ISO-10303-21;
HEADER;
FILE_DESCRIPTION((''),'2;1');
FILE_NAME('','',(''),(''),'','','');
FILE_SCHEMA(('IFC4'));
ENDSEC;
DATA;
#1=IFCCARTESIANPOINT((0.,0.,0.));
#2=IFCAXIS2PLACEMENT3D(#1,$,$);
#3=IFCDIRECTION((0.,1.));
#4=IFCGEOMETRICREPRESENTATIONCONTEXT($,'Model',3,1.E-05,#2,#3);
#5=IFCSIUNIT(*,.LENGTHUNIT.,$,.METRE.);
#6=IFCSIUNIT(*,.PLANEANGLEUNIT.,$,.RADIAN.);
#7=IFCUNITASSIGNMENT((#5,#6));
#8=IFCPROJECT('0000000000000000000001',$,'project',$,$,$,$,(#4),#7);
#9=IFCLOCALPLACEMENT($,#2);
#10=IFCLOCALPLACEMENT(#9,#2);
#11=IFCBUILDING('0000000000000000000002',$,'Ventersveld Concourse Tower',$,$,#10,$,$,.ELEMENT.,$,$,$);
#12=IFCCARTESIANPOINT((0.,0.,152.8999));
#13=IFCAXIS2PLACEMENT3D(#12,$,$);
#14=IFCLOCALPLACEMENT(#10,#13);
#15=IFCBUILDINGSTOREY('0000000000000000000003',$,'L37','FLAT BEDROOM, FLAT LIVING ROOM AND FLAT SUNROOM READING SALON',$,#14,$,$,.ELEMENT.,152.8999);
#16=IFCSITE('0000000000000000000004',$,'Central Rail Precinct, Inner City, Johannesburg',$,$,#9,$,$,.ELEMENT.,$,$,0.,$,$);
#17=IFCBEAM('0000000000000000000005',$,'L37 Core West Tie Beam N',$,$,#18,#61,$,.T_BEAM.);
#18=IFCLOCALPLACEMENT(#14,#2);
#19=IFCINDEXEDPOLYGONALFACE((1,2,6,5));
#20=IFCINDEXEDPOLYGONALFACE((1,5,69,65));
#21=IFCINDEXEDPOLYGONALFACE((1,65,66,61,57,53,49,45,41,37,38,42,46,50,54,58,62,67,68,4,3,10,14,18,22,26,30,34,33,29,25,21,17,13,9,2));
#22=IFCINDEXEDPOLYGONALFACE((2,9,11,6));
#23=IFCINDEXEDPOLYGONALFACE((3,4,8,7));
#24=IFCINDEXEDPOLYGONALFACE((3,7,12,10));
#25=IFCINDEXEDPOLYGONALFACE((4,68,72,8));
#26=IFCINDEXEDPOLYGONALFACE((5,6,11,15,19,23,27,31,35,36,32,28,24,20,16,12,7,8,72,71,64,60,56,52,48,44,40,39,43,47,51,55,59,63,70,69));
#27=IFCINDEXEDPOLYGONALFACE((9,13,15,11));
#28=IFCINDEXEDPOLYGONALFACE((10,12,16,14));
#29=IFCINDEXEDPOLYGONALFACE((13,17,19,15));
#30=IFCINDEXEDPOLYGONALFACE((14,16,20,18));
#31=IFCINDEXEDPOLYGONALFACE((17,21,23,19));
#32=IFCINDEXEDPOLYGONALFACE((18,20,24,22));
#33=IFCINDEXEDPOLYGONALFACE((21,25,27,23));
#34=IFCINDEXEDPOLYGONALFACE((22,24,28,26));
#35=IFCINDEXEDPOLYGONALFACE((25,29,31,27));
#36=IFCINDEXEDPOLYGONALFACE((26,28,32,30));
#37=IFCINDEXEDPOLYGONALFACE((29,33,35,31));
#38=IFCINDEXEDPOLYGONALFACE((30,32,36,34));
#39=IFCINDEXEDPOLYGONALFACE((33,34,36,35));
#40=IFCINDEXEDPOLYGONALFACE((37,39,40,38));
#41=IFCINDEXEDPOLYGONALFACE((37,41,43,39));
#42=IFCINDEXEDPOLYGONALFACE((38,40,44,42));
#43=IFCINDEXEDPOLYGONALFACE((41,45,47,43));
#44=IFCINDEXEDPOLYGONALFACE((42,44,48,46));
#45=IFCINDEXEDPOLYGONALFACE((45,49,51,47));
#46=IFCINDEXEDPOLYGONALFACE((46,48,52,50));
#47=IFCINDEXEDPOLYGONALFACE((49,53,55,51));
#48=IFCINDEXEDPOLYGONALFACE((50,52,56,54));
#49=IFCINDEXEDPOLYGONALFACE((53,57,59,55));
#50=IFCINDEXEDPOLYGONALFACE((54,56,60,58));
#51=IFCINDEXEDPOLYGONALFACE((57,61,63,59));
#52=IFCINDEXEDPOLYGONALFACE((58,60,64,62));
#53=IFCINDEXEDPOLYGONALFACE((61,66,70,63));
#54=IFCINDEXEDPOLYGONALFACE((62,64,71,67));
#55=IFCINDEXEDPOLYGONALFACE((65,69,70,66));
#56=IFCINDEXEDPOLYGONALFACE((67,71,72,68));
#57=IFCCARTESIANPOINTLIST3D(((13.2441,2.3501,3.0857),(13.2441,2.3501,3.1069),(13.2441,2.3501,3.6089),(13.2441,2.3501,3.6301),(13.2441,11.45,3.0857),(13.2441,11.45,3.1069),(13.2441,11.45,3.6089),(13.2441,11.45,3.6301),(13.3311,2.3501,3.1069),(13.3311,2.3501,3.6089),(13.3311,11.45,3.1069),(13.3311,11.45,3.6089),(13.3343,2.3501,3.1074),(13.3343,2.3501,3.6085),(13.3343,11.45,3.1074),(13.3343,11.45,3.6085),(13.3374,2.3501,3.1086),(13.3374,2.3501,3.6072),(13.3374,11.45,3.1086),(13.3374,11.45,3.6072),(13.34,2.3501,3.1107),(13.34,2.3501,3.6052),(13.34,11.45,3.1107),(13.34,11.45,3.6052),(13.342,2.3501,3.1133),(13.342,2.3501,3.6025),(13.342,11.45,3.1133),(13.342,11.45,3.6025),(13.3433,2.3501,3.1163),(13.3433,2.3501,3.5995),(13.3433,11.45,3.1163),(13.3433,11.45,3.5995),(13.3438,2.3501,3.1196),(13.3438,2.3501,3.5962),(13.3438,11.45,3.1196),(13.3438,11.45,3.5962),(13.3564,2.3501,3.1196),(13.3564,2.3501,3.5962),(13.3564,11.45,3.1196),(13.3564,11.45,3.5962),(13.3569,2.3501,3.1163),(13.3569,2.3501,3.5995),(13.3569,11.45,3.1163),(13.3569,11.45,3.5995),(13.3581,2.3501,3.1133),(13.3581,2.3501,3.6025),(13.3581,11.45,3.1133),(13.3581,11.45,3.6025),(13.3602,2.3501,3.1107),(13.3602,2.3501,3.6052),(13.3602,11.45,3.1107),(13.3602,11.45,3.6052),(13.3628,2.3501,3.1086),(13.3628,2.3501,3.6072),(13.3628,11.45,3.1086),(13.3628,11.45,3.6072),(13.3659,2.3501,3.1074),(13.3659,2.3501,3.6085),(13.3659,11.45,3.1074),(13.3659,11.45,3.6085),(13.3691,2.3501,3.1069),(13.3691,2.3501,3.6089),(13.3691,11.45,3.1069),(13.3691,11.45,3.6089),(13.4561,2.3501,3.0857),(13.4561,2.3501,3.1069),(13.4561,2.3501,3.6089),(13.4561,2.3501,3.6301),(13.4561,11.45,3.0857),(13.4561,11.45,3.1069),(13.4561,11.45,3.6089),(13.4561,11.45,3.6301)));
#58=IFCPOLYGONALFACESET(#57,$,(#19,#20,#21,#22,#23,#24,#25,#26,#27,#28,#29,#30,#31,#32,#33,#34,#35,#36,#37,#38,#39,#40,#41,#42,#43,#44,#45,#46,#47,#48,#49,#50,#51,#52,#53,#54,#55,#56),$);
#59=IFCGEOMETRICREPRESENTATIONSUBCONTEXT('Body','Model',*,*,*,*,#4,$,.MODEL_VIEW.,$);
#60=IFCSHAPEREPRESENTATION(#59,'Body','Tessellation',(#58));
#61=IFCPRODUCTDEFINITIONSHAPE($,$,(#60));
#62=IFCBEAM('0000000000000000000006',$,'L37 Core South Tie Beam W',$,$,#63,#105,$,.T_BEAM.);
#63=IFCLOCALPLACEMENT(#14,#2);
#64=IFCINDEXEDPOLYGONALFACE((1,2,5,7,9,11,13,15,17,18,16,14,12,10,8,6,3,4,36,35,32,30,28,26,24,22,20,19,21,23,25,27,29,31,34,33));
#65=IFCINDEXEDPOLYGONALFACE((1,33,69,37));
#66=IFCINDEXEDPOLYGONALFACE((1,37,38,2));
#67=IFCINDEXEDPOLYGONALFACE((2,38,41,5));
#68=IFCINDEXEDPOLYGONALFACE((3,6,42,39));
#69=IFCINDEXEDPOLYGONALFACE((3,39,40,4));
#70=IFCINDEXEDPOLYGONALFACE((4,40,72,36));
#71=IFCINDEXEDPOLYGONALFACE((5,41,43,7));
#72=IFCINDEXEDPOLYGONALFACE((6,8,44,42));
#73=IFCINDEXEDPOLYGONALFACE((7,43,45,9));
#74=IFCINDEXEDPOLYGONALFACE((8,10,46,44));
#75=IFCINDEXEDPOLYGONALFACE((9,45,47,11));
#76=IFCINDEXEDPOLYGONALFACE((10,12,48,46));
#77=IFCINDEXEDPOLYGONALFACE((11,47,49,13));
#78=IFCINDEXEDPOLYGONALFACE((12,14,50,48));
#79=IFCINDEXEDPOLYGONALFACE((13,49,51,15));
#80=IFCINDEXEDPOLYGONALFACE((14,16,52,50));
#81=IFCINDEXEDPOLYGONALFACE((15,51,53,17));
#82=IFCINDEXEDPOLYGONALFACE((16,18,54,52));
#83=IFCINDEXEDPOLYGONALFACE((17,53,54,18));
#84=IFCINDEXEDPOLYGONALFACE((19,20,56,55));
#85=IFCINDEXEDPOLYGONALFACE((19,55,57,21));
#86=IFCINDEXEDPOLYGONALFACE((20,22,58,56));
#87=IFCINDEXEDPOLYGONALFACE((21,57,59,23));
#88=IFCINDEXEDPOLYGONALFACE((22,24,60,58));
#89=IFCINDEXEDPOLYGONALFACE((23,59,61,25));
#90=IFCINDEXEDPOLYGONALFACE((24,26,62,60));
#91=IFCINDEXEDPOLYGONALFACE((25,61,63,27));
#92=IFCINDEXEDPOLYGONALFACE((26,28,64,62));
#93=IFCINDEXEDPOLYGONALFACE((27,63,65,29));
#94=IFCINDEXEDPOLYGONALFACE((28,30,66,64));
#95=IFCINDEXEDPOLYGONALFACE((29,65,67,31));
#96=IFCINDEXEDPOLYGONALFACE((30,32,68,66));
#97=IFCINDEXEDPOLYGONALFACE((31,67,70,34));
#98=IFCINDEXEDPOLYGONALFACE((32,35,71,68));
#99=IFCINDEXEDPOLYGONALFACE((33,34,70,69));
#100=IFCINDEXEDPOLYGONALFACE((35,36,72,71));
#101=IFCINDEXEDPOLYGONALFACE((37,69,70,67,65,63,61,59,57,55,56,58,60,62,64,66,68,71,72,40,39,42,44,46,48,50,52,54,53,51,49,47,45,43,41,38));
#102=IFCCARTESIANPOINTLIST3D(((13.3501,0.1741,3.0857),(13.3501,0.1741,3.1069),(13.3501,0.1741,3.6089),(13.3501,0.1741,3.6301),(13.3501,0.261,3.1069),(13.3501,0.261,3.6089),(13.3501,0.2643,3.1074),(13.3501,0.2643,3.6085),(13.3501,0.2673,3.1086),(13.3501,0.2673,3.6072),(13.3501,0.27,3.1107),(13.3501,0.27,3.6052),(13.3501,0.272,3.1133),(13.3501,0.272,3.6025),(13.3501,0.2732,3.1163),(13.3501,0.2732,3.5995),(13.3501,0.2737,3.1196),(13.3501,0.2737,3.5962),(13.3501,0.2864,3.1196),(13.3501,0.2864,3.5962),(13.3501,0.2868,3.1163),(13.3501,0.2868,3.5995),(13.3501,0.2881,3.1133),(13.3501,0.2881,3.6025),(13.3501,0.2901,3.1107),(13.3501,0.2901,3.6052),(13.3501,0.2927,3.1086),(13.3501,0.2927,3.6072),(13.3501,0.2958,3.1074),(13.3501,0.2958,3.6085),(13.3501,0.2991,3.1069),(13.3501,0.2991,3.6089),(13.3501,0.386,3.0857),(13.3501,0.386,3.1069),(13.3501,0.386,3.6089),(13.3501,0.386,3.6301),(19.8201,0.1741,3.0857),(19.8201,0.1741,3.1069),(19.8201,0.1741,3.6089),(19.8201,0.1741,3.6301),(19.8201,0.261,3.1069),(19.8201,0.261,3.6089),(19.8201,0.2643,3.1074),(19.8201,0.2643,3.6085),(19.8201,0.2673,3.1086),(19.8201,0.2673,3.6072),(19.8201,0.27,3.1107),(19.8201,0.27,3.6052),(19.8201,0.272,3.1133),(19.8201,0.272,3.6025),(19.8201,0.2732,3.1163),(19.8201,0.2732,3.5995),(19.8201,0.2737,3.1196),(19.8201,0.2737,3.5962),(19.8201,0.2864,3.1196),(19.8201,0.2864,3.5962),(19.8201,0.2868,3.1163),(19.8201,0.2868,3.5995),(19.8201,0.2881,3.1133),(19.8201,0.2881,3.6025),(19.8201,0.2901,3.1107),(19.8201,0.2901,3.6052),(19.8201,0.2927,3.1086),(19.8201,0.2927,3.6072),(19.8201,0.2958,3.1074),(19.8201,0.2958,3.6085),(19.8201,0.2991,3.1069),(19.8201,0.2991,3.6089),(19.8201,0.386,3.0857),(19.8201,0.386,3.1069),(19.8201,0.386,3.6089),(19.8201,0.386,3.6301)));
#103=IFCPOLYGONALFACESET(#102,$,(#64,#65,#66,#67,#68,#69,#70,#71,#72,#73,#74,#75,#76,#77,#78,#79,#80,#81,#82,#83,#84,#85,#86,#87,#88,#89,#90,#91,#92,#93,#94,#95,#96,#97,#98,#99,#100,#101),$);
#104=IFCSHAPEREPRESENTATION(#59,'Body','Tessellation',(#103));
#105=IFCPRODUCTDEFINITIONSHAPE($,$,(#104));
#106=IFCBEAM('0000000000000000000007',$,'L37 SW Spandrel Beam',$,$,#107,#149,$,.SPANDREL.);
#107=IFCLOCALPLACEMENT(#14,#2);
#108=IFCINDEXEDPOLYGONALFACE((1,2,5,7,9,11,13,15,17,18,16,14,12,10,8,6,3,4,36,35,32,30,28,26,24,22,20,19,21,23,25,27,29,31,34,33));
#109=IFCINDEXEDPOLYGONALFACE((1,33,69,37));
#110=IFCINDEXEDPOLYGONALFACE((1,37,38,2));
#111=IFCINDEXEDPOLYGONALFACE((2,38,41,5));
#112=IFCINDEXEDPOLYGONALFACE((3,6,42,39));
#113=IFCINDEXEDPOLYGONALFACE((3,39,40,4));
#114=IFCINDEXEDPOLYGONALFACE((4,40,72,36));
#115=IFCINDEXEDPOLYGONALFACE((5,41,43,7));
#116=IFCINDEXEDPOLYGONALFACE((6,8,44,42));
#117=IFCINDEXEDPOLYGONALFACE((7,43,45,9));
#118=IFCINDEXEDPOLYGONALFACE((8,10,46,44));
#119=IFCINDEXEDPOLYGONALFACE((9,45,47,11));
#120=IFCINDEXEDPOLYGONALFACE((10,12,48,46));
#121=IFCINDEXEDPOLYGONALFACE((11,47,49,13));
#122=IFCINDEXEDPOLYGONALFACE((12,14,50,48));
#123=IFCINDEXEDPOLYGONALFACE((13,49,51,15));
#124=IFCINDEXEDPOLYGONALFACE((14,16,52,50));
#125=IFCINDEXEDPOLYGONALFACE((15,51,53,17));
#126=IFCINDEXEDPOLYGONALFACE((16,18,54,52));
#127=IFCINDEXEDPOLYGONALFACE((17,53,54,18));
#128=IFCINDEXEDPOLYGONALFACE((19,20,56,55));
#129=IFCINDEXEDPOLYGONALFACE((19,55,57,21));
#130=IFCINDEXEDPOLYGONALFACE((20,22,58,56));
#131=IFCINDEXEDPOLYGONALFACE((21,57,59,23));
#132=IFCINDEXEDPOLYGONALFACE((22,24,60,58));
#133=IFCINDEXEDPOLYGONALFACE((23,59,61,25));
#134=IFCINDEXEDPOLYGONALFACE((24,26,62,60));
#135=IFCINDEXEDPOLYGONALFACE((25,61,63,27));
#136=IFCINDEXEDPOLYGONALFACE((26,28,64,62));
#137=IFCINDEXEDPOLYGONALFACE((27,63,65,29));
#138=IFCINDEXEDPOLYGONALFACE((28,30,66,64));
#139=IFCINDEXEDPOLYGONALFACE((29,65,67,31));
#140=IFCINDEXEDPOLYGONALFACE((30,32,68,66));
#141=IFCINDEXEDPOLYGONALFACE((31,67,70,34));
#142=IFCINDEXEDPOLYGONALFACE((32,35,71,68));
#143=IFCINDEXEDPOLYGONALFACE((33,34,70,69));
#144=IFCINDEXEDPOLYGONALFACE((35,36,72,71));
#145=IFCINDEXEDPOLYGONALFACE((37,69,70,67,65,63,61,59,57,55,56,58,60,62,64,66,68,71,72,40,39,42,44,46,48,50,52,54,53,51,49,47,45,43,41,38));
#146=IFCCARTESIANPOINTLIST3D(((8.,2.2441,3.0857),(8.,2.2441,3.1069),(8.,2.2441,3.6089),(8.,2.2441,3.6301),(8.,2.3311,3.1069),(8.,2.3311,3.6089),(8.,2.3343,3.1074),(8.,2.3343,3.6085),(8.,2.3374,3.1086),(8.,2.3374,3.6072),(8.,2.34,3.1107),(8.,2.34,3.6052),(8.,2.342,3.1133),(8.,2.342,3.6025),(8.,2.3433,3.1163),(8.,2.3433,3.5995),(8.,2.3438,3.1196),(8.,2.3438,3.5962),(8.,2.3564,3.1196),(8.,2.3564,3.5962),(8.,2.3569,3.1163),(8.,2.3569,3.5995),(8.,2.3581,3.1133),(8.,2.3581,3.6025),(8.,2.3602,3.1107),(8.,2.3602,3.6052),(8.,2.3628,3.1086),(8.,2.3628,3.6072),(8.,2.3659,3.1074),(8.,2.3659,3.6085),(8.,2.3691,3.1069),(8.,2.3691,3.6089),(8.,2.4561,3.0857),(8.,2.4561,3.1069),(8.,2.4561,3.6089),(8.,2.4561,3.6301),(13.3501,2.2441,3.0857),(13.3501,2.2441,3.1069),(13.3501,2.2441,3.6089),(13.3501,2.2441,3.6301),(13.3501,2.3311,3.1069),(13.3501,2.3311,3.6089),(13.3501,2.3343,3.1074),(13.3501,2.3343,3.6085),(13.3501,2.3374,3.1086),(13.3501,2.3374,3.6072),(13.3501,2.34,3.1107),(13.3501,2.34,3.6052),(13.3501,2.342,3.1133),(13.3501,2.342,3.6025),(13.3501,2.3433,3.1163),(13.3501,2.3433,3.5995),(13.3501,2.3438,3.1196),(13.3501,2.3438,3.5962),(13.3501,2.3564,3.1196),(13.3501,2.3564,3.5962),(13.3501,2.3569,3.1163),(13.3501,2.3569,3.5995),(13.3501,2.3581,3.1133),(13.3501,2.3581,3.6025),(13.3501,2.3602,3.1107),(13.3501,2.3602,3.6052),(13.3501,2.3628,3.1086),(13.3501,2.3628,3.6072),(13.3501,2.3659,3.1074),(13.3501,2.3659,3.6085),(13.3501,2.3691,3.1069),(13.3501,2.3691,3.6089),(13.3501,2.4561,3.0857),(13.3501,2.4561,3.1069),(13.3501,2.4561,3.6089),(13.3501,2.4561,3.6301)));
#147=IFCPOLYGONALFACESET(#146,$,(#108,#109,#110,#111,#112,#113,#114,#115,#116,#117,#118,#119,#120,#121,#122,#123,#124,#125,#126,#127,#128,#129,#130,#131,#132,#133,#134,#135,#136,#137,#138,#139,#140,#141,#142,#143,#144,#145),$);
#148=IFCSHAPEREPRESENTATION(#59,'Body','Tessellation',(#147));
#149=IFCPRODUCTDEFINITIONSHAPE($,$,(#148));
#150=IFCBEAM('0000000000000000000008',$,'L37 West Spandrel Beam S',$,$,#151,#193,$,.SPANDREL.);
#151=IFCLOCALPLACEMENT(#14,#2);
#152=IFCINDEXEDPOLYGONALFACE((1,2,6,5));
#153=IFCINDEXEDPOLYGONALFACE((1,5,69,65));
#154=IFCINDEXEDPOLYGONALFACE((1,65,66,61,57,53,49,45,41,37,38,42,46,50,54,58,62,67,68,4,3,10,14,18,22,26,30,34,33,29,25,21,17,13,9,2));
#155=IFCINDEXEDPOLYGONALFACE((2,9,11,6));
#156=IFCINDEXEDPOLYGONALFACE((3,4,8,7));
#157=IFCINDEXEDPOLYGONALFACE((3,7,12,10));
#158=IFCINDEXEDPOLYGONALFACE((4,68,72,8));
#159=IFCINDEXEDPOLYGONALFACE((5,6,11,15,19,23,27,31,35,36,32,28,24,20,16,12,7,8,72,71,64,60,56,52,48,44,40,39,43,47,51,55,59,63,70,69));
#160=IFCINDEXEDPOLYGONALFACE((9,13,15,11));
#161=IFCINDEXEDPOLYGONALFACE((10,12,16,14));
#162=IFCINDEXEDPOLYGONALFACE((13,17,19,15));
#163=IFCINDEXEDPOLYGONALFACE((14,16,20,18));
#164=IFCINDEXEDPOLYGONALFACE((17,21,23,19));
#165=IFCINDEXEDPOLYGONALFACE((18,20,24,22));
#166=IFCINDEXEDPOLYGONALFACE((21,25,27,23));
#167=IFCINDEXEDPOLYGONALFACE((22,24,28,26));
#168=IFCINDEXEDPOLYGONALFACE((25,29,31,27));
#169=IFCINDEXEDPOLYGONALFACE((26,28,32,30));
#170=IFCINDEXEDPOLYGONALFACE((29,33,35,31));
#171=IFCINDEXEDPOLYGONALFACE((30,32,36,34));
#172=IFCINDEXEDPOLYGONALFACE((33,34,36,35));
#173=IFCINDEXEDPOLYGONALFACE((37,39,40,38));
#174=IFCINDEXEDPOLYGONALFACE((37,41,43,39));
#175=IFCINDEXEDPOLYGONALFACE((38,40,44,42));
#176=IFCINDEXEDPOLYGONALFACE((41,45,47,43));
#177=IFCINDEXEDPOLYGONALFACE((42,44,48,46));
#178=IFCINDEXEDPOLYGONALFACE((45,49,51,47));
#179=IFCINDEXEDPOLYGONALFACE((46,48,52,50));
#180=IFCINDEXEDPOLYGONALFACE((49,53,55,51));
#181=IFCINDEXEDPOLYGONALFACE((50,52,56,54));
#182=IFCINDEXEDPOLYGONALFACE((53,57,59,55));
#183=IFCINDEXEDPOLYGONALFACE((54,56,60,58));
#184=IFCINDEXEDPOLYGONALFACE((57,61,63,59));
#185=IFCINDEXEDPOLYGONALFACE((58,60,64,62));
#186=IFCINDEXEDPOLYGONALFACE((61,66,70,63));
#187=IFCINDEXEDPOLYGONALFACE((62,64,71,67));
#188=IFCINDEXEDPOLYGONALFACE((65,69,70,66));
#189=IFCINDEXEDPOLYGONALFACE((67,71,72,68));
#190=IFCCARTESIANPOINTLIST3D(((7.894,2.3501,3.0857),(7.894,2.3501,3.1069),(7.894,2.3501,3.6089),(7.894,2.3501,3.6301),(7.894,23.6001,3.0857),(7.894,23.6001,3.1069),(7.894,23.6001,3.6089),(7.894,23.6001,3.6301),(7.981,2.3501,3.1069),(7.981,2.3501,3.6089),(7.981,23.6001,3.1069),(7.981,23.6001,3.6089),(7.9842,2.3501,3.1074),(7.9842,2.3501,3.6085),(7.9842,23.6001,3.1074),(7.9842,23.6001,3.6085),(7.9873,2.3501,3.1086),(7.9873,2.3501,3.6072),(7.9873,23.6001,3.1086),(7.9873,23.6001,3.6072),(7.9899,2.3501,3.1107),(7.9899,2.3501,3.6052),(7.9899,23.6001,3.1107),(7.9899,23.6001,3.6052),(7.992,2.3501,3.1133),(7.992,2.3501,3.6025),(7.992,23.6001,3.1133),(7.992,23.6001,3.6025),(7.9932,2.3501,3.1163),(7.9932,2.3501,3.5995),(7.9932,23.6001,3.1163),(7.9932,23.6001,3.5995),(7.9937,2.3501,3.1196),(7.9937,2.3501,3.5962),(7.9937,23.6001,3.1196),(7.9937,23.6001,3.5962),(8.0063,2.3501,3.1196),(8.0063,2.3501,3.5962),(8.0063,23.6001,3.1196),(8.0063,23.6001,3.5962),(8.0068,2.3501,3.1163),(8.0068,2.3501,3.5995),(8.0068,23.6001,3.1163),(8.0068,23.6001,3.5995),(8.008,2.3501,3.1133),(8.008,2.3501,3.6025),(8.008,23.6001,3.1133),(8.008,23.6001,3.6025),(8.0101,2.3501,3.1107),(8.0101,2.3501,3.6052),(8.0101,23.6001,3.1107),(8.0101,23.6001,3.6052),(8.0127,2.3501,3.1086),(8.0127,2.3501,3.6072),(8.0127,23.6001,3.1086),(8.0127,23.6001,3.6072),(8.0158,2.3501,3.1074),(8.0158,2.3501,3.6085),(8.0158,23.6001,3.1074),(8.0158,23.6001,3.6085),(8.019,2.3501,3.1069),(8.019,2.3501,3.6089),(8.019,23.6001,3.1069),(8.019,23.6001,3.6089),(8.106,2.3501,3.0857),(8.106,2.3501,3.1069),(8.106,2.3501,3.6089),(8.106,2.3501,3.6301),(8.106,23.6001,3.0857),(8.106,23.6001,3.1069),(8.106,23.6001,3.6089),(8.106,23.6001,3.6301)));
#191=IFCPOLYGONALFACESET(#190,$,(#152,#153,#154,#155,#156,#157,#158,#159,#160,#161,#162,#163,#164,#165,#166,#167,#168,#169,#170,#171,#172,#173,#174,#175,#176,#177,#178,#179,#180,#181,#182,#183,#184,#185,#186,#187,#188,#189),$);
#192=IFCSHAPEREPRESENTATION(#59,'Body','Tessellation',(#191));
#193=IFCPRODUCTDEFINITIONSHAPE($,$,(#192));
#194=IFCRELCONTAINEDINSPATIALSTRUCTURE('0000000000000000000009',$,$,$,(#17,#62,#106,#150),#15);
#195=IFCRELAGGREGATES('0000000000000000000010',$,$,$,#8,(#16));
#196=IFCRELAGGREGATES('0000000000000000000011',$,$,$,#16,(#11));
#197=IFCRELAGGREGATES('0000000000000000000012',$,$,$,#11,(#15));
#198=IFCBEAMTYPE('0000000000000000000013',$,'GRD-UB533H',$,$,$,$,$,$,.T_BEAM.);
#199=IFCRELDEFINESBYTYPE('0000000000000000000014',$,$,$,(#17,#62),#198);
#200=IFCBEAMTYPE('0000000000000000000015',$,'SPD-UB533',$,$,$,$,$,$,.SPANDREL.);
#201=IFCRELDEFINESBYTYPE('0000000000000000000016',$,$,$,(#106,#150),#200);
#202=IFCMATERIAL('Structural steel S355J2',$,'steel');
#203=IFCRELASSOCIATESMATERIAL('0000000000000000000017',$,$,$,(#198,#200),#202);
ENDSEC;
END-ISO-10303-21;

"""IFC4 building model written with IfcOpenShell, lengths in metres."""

from ifc_helpers import new_model, si_unit, direction, frame, origin, origin_2d, place, context, subcontext, project, spatial, i_section, extrude, material, material_profile, profile_set, type_object, element, save


model = new_model("IFC4")

# Units and contexts
model_context = context("Model", 3, precision=1e-05, world=origin(), true_north=direction((0.0, 1.0)))
body_context = subcontext(model_context, "Body", "Model", "MODEL_VIEW")
ifc_project = project(units=[si_unit("LENGTHUNIT", "METRE"), si_unit("PLANEANGLEUNIT", "RADIAN")], contexts=[model_context])

# Site, building, storey
site_placement = place(None, origin())
site = spatial("IfcSite", under=ifc_project, at=site_placement, Name="Central Rail Precinct, Inner City, Johannesburg", CompositionType="ELEMENT", RefElevation=0.0)
building_placement = place(site_placement, origin())
building = spatial("IfcBuilding", under=site, at=building_placement, Name="Ventersveld Concourse Tower", CompositionType="ELEMENT")
storey_placement = place(building_placement, frame((0.0, 0.0, 152.8999)))
storey = spatial("IfcBuildingStorey", under=building, at=storey_placement, Name="L37", Description="FLAT BEDROOM, FLAT LIVING ROOM AND FLAT SUNROOM READING SALON", CompositionType="ELEMENT", Elevation=152.8999)

# Beams
ifc_material_1 = material(Name="Structural steel S355J2", Category="steel")
ifc_material_profile_1 = material_profile(ifc_material_1, i_section(OverallWidth=0.2119, OverallDepth=0.5444, WebThickness=0.0127, FlangeThickness=0.0212, FilletRadius=0.0127, at=origin_2d()), Name="UB 533x210x122")
ifc_profile_set_1 = profile_set([ifc_material_profile_1], Name="Structural steel S355J2")
beam_type_1 = type_object("IfcBeamType", Name="GRD-UB533H", PredefinedType="T_BEAM", material=ifc_profile_set_1)
beam_1_placement = place(storey_placement, frame((13.3501, 2.3501, 3.3579), z_axis=(0.0, 1.0, 0.0), x_axis=(-1.0, 0.0, 0.0)))
element("IfcBeam", 1, at=beam_1_placement, inside=storey, type_object=beam_type_1, Name="L37 Core West Tie Beam N", PredefinedType="T_BEAM", context=body_context, shape_type="SweptSolid", body=[
    extrude(i_section(OverallWidth=0.2119, OverallDepth=0.5444, WebThickness=0.0127, FlangeThickness=0.0212, FilletRadius=0.0127, at=origin_2d()), origin(), (0.0, 0.0, 1.0), 9.0999),
])
beam_2_placement = place(storey_placement, frame((13.3501, 0.28, 3.3579), z_axis=(1.0, 0.0, 0.0), x_axis=(0.0, 1.0, 0.0)))
element("IfcBeam", 2, at=beam_2_placement, inside=storey, type_object=beam_type_1, Name="L37 Core South Tie Beam W", PredefinedType="T_BEAM", context=body_context, shape_type="SweptSolid", body=[
    extrude(i_section(OverallWidth=0.2119, OverallDepth=0.5444, WebThickness=0.0127, FlangeThickness=0.0212, FilletRadius=0.0127, at=origin_2d()), origin(), (0.0, 0.0, 1.0), 6.47),
])
ifc_material_profile_2 = material_profile(ifc_material_1, i_section(OverallWidth=0.2119, OverallDepth=0.5444, WebThickness=0.0127, FlangeThickness=0.0212, FilletRadius=0.0127, at=origin_2d()), Name="UB 533x210x122")
ifc_profile_set_2 = profile_set([ifc_material_profile_2], Name="Structural steel S355J2")
beam_type_2 = type_object("IfcBeamType", Name="SPD-UB533", PredefinedType="SPANDREL", material=ifc_profile_set_2)
beam_3_placement = place(storey_placement, frame((8.0, 2.3501, 3.3579), z_axis=(1.0, 0.0, 0.0), x_axis=(0.0, 1.0, 0.0)))
element("IfcBeam", 3, at=beam_3_placement, inside=storey, type_object=beam_type_2, Name="L37 SW Spandrel Beam", PredefinedType="SPANDREL", context=body_context, shape_type="SweptSolid", body=[
    extrude(i_section(OverallWidth=0.2119, OverallDepth=0.5444, WebThickness=0.0127, FlangeThickness=0.0212, FilletRadius=0.0127, at=origin_2d()), origin(), (0.0, 0.0, 1.0), 5.3501),
])
beam_4_placement = place(storey_placement, frame((8.0, 2.3501, 3.3579), z_axis=(0.0, 1.0, 0.0), x_axis=(-1.0, 0.0, 0.0)))
element("IfcBeam", 4, at=beam_4_placement, inside=storey, type_object=beam_type_2, Name="L37 West Spandrel Beam S", PredefinedType="SPANDREL", context=body_context, shape_type="SweptSolid", body=[
    extrude(i_section(OverallWidth=0.2119, OverallDepth=0.5444, WebThickness=0.0127, FlangeThickness=0.0212, FilletRadius=0.0127, at=origin_2d()), origin(), (0.0, 0.0, 1.0), 21.25),
])

save(model, "model.ifc")
